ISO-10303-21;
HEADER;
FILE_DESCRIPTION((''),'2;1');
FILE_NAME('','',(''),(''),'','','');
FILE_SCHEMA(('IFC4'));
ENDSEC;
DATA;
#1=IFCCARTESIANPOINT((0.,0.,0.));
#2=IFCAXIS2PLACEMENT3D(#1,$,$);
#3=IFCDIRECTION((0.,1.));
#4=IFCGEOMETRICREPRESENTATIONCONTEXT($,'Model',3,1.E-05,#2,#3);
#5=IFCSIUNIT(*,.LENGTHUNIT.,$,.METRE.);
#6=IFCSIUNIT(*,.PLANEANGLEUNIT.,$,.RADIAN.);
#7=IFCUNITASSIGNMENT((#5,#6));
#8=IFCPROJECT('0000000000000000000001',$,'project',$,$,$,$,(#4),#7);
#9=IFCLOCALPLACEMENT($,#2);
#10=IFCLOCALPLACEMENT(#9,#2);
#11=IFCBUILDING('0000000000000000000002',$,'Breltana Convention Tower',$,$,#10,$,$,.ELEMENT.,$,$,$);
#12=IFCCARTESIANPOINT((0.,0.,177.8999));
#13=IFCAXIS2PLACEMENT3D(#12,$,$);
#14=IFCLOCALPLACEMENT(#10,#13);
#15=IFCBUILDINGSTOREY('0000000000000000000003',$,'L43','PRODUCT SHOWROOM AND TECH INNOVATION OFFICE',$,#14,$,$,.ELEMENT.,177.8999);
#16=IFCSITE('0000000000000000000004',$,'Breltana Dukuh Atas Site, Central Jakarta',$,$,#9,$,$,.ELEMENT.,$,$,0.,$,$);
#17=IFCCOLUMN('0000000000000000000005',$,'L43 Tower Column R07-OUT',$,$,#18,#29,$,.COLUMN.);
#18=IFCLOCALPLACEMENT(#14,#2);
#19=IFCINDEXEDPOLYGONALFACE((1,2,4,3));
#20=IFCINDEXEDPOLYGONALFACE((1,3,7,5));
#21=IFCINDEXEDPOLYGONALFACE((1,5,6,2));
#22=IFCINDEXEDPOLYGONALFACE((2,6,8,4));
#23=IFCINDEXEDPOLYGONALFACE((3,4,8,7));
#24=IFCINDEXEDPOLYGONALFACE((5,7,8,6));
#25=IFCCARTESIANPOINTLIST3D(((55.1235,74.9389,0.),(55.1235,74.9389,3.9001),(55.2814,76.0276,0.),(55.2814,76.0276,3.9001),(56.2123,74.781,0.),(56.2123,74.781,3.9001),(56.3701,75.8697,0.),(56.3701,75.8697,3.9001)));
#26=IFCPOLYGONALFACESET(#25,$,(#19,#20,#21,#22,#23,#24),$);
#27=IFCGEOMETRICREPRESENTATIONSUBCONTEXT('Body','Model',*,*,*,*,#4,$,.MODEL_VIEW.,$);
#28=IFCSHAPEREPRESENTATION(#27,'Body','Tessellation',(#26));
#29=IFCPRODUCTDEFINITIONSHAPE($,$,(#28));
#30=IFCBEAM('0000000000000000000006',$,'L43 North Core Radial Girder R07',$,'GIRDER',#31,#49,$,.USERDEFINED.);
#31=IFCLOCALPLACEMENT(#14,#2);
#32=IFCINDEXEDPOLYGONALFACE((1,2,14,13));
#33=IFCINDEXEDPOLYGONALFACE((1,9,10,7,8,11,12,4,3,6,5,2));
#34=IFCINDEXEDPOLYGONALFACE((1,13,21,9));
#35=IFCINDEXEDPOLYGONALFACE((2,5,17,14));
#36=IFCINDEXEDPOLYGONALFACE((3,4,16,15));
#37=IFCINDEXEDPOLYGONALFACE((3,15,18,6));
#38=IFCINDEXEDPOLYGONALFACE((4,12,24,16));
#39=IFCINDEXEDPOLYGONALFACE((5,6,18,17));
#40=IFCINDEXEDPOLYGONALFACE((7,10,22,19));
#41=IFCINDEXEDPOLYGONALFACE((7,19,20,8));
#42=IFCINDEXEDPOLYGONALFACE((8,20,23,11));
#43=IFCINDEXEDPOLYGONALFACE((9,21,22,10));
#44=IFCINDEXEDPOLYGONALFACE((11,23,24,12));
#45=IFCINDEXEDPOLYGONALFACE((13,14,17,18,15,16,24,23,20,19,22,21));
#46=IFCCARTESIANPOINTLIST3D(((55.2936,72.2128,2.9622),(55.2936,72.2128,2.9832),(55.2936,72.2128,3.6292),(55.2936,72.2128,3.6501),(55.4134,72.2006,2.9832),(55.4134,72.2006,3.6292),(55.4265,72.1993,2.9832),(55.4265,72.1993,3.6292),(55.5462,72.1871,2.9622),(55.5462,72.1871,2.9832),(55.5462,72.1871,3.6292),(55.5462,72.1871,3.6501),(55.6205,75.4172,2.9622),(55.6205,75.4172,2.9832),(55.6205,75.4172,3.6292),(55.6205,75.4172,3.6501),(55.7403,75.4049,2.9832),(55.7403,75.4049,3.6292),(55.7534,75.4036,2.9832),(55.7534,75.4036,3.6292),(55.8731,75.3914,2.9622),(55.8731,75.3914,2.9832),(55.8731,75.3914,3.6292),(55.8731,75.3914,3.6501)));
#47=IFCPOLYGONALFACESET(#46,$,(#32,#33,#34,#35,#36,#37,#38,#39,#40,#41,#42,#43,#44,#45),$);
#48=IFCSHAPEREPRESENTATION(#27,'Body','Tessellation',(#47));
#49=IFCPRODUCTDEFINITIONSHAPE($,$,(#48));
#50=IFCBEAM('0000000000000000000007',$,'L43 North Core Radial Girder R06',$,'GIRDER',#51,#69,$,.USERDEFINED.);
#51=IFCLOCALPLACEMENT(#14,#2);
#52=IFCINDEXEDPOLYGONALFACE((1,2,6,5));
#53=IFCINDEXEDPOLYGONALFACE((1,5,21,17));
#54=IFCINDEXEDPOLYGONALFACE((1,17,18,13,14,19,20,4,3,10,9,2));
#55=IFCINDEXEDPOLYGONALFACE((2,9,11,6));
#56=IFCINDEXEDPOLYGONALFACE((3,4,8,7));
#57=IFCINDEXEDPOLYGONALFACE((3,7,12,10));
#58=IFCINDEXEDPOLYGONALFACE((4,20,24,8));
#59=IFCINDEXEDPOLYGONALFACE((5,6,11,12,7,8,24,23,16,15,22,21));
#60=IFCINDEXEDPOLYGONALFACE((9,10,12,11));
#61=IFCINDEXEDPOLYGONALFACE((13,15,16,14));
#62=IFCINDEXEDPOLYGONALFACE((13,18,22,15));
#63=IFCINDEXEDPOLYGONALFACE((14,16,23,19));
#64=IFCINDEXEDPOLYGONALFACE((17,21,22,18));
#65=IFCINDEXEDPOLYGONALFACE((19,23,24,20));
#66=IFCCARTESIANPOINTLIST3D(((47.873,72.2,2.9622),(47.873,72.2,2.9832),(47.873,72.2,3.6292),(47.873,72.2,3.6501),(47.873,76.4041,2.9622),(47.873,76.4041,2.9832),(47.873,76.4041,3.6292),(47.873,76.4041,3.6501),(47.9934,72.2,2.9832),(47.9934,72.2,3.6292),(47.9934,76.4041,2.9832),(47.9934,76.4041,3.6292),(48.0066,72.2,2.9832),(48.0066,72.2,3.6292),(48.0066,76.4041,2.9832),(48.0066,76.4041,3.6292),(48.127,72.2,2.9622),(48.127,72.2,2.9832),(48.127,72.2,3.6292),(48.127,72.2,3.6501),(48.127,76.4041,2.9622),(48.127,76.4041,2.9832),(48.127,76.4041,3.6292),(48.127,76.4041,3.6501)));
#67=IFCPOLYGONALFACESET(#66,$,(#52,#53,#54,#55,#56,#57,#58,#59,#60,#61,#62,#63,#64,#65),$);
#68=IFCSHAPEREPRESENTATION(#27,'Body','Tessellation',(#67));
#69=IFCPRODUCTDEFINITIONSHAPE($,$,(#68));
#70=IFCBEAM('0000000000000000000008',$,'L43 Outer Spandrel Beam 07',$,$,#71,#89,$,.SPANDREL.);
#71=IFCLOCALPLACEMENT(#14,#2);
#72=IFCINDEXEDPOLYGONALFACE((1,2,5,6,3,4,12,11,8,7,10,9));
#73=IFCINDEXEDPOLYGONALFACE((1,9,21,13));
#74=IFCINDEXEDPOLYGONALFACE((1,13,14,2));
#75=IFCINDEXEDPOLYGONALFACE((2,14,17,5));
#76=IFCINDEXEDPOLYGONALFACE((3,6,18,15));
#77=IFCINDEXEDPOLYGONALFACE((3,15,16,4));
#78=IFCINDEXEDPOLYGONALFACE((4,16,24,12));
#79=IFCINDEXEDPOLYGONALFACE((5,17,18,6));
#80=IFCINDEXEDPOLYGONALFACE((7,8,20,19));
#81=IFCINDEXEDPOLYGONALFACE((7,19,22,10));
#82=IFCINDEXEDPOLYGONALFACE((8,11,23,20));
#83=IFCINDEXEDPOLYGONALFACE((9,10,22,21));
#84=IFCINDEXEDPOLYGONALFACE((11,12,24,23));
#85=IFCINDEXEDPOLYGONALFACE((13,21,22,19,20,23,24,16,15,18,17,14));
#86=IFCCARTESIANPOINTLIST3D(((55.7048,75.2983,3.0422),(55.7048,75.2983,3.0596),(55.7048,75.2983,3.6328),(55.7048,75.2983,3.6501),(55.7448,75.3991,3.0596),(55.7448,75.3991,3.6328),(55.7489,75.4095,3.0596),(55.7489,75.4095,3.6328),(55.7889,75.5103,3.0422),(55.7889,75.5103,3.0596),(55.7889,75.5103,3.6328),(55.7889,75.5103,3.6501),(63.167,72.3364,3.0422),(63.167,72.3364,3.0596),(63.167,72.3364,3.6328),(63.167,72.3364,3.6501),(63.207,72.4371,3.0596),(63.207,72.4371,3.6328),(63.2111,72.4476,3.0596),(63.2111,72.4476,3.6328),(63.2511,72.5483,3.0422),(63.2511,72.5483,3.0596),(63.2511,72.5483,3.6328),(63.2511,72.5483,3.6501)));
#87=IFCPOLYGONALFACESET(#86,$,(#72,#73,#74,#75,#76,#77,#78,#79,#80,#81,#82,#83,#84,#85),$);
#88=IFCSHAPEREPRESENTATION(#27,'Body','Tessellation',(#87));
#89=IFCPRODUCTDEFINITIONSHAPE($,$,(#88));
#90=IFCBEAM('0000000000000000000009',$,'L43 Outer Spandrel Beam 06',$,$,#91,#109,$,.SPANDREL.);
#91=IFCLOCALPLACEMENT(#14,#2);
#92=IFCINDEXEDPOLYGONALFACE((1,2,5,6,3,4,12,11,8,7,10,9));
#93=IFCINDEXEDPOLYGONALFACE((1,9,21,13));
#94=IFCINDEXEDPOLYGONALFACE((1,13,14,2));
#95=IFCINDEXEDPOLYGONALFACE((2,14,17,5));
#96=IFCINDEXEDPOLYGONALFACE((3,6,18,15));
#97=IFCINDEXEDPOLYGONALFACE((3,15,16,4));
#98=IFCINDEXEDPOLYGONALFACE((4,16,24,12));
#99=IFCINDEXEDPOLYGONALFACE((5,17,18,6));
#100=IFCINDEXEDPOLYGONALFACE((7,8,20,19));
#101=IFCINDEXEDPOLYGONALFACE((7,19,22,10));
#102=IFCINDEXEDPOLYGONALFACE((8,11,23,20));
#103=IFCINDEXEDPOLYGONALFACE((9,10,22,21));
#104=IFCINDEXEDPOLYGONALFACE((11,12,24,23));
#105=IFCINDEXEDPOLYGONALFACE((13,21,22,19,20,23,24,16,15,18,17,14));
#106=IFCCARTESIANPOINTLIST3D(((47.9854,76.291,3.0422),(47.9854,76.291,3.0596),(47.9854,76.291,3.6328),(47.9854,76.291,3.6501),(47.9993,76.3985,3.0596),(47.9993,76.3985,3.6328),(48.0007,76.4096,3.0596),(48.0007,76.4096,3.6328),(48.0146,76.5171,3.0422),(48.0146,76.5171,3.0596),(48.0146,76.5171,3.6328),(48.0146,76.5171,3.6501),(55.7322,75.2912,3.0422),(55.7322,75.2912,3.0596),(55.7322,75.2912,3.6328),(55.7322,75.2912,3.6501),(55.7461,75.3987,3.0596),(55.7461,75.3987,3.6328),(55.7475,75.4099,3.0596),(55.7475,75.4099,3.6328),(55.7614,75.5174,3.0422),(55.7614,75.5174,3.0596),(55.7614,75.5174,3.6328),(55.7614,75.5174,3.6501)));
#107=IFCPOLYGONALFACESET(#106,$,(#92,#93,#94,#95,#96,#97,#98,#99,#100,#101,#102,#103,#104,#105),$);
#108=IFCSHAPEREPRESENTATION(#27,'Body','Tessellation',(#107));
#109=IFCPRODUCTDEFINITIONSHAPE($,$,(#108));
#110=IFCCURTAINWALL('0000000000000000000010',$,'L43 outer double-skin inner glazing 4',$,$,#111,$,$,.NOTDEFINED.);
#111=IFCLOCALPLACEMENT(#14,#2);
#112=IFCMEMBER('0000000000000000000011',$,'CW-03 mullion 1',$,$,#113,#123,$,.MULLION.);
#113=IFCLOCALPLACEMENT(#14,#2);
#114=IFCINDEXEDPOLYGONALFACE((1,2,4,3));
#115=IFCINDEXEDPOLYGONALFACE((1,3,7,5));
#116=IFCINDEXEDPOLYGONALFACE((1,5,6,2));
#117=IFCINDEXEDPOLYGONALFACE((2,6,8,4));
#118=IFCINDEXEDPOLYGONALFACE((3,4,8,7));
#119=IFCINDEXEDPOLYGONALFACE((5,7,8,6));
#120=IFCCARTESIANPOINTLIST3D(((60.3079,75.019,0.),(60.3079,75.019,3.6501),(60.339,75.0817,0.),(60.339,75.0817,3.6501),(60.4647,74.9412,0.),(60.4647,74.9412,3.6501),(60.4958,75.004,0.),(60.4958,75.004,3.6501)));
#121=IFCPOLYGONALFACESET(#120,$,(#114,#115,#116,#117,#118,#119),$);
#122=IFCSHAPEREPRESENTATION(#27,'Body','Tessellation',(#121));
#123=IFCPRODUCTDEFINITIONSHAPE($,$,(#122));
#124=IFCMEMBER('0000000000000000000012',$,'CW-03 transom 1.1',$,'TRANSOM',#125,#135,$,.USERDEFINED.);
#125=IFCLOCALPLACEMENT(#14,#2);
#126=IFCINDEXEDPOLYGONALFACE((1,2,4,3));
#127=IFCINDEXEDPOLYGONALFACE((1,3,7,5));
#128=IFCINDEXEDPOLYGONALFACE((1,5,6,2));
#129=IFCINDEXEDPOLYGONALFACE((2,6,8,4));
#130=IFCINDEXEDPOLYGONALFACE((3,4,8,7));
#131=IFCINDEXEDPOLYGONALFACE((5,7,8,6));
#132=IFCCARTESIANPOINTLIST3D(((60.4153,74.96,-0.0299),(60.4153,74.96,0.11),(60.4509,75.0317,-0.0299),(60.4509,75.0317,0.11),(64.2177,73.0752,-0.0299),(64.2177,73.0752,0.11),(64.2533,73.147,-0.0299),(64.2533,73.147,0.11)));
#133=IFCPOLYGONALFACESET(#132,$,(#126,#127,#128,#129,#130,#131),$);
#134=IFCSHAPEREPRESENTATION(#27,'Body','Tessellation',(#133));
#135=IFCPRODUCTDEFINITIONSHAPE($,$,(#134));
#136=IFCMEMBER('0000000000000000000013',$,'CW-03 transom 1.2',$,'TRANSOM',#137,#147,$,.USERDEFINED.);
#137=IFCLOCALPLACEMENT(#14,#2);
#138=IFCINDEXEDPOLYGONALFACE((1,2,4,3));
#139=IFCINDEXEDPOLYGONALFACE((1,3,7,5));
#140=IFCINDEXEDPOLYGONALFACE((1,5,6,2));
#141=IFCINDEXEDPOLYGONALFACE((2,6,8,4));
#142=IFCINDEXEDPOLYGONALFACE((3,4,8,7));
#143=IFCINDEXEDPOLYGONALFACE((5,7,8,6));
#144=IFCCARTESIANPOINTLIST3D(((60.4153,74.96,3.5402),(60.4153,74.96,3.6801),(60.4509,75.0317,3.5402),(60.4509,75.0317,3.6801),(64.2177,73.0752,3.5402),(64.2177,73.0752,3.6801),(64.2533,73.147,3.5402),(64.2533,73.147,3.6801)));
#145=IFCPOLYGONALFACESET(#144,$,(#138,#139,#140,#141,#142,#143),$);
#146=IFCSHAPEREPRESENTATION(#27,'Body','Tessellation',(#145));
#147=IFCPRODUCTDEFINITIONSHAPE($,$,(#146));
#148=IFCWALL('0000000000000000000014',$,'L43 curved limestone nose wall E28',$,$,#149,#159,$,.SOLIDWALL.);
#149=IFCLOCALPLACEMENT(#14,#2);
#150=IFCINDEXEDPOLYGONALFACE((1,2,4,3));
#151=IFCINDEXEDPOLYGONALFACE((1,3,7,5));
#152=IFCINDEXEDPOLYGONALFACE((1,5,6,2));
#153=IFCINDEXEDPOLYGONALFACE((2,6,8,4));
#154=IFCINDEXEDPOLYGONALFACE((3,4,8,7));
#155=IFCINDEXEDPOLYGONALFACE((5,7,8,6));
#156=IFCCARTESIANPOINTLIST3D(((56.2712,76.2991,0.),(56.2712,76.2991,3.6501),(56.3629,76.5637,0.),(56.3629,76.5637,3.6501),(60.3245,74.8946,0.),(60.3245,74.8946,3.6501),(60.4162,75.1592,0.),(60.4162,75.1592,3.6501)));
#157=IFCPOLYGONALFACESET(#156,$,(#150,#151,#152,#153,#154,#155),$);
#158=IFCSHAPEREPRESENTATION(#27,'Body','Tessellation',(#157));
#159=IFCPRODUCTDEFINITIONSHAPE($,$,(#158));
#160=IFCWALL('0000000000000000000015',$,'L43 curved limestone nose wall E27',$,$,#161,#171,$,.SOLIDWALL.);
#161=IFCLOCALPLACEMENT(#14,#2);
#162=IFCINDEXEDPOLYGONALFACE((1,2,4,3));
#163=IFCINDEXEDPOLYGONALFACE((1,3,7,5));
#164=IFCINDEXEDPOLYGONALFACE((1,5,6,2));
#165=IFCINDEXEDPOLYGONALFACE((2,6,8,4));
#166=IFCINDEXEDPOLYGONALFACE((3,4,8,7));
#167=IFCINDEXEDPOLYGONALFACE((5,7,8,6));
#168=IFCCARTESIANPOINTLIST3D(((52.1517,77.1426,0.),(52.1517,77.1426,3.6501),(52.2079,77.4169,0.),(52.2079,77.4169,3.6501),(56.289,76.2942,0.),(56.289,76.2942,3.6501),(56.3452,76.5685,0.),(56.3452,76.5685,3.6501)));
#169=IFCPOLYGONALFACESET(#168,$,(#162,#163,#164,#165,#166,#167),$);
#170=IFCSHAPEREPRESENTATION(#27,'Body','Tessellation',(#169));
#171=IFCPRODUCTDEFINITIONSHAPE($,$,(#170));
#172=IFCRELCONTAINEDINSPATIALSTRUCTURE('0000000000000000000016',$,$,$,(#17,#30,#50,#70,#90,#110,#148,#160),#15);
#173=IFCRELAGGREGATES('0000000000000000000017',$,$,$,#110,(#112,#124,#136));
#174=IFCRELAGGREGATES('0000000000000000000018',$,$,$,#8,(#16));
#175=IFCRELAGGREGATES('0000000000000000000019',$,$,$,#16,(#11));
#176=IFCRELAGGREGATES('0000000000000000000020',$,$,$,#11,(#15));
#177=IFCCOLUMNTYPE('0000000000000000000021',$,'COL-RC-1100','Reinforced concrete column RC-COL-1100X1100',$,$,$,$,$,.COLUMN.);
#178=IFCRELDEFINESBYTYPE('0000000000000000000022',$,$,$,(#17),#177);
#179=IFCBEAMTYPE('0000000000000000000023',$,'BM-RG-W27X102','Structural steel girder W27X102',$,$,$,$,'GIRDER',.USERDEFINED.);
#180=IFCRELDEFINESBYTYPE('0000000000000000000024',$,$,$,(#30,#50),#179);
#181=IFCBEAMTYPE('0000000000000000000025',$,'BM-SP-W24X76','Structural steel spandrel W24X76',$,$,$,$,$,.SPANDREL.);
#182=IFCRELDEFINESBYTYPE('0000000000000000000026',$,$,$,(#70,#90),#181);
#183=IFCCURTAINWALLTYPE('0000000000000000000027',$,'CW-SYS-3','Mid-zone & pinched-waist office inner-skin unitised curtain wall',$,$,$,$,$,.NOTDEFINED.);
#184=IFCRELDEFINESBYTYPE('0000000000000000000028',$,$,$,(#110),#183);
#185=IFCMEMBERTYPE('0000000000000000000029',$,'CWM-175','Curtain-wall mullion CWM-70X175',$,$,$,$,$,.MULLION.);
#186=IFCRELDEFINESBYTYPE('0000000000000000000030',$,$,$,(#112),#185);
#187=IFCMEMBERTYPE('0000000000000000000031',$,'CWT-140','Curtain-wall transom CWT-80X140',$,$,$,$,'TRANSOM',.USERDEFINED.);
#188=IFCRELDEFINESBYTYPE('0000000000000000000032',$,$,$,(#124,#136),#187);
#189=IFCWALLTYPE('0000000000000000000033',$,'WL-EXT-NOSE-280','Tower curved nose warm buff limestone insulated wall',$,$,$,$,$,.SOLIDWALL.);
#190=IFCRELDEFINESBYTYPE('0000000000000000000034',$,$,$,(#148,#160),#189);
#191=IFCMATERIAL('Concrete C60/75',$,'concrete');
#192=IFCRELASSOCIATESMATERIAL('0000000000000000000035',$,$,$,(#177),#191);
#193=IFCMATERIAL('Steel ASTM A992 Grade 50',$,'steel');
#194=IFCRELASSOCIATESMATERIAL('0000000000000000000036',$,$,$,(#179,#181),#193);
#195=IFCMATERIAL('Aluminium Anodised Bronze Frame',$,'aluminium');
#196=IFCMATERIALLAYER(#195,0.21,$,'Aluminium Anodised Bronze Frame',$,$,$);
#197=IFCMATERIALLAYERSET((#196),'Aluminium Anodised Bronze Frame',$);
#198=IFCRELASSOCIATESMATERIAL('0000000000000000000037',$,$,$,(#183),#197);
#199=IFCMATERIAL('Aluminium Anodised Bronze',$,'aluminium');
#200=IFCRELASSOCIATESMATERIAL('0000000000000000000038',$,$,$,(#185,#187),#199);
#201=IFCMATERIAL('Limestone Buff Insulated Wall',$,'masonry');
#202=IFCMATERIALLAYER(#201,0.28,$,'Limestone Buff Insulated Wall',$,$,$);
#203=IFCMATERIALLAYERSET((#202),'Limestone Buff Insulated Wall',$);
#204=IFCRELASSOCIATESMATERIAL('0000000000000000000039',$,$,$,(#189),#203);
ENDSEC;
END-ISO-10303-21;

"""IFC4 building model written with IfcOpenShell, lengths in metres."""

from ifc_helpers import new_model, si_unit, direction, frame, frame_2d, origin, origin_2d, place, context, subcontext, project, spatial, rectangle, i_section, extrude, source, transform, mapped, material, layer, layer_set, material_profile, profile_set, type_object, element, aggregate, save


model = new_model("IFC4")

# Units and contexts
model_context = context("Model", 3, precision=1e-05, world=origin(), true_north=direction((0.0, 1.0)))
body_context = subcontext(model_context, "Body", "Model", "MODEL_VIEW")
ifc_project = project(units=[si_unit("LENGTHUNIT", "METRE"), si_unit("PLANEANGLEUNIT", "RADIAN")], contexts=[model_context])

# Site, building, storey
site_placement = place(None, origin())
site = spatial("IfcSite", under=ifc_project, at=site_placement, Name="Breltana Dukuh Atas Site, Central Jakarta", CompositionType="ELEMENT", RefElevation=0.0)
building_placement = place(site_placement, origin())
building = spatial("IfcBuilding", under=site, at=building_placement, Name="Breltana Convention Tower", CompositionType="ELEMENT")
storey_placement = place(building_placement, frame((0.0, 0.0, 177.8999)))
storey = spatial("IfcBuildingStorey", under=building, at=storey_placement, Name="L43", Description="PRODUCT SHOWROOM AND TECH INNOVATION OFFICE", CompositionType="ELEMENT", Elevation=177.8999)

# Column
ifc_material_1 = material(Name="Concrete C60/75", Category="concrete")
ifc_material_profile_1 = material_profile(ifc_material_1, rectangle(XDim=1.1001, YDim=1.1001, at=origin_2d()), Name="RC-COL-1100X1100")
ifc_profile_set_1 = profile_set([ifc_material_profile_1], Name="Concrete C60/75")
column_type = type_object("IfcColumnType", Name="COL-RC-1100", Description="Reinforced concrete column RC-COL-1100X1100", PredefinedType="COLUMN", material=ifc_profile_set_1)
shared_shape_1 = source(origin(), body_context, "Body", "SweptSolid", [
    extrude(rectangle(XDim=1.1001, YDim=1.1001, at=origin_2d()), origin(), (0.0, 0.0, 1.0), 3.9001),
])
column_placement = place(storey_placement, frame((55.7468, 75.4043, 0.0), z_axis=(0.0, 0.0, 1.0), x_axis=(0.143493, 0.989651, 0.0)))
element("IfcColumn", 1, at=column_placement, inside=storey, type_object=column_type, Name="L43 Tower Column R07-OUT", PredefinedType="COLUMN", context=body_context, shape_type="MappedRepresentation", body=[
    mapped(shared_shape_1, transform((0.0, 0.0, 0.0), scale=1.0)),
])

# Beams
ifc_material_2 = material(Name="Steel ASTM A992 Grade 50", Category="steel")
ifc_material_profile_2 = material_profile(ifc_material_2, i_section(OverallWidth=0.2539, OverallDepth=0.688, WebThickness=0.0132, FlangeThickness=0.021, at=origin_2d()), Name="W27X102")
ifc_profile_set_2 = profile_set([ifc_material_profile_2], Name="Steel ASTM A992 Grade 50")
beam_type_1 = type_object("IfcBeamType", Name="BM-RG-W27X102", Description="Structural steel girder W27X102", ElementType="GIRDER", PredefinedType="USERDEFINED", material=ifc_profile_set_2)
shared_shape_2 = source(origin(), body_context, "Body", "SweptSolid", [
    extrude(i_section(OverallWidth=0.2539, OverallDepth=0.688, WebThickness=0.0132, FlangeThickness=0.021, at=origin_2d()), origin(), (0.0, 0.0, 1.0), 3.2209),
])
beam_1_placement = place(storey_placement, frame((55.4199, 72.2, 3.3062), z_axis=(0.101492, 0.994836, 0.0), x_axis=(-0.994836, 0.101492, 0.0)))
element("IfcBeam", 2, at=beam_1_placement, inside=storey, type_object=beam_type_1, Name="L43 North Core Radial Girder R07", ObjectType="GIRDER", PredefinedType="USERDEFINED", context=body_context, shape_type="MappedRepresentation", body=[
    mapped(shared_shape_2, transform((0.0, 0.0, 0.0), scale=1.0)),
])
shared_shape_3 = source(origin(), body_context, "Body", "SweptSolid", [
    extrude(i_section(OverallWidth=0.2539, OverallDepth=0.688, WebThickness=0.0132, FlangeThickness=0.021, at=origin_2d()), origin(), (0.0, 0.0, 1.0), 4.2041),
])
beam_2_placement = place(storey_placement, frame((48.0, 72.2, 3.3062), z_axis=(0.0, 1.0, 0.0), x_axis=(-1.0, 0.0, 0.0)))
element("IfcBeam", 3, at=beam_2_placement, inside=storey, type_object=beam_type_1, Name="L43 North Core Radial Girder R06", ObjectType="GIRDER", PredefinedType="USERDEFINED", context=body_context, shape_type="MappedRepresentation", body=[
    mapped(shared_shape_3, transform((0.0, 0.0, 0.0), scale=1.0)),
])
ifc_material_profile_3 = material_profile(ifc_material_2, i_section(OverallWidth=0.228, OverallDepth=0.6079, WebThickness=0.0112, FlangeThickness=0.0173, at=origin_2d()), Name="W24X76")
ifc_profile_set_3 = profile_set([ifc_material_profile_3], Name="Steel ASTM A992 Grade 50")
beam_type_2 = type_object("IfcBeamType", Name="BM-SP-W24X76", Description="Structural steel spandrel W24X76", PredefinedType="SPANDREL", material=ifc_profile_set_3)
shared_shape_4 = source(origin(), body_context, "Body", "SweptSolid", [
    extrude(i_section(OverallWidth=0.228, OverallDepth=0.6079, WebThickness=0.0112, FlangeThickness=0.0173, at=origin_2d()), origin(), (0.0, 0.0, 1.0), 8.0286),
])
beam_3_placement = place(storey_placement, frame((55.7468, 75.4043, 3.3462), z_axis=(0.929459, -0.368925, 0.0), x_axis=(0.368925, 0.929459, 0.0)))
element("IfcBeam", 4, at=beam_3_placement, inside=storey, type_object=beam_type_2, Name="L43 Outer Spandrel Beam 07", PredefinedType="SPANDREL", context=body_context, shape_type="MappedRepresentation", body=[
    mapped(shared_shape_4, transform((0.0, 0.0, 0.0), scale=1.0)),
])
shared_shape_5 = source(origin(), body_context, "Body", "SweptSolid", [
    extrude(i_section(OverallWidth=0.228, OverallDepth=0.6079, WebThickness=0.0112, FlangeThickness=0.0173, at=origin_2d()), origin(), (0.0, 0.0, 1.0), 7.811),
])
beam_4_placement = place(storey_placement, frame((48.0, 76.4041, 3.3462), z_axis=(0.991775, -0.127992, 0.0), x_axis=(0.127992, 0.991775, 0.0)))
element("IfcBeam", 5, at=beam_4_placement, inside=storey, type_object=beam_type_2, Name="L43 Outer Spandrel Beam 06", PredefinedType="SPANDREL", context=body_context, shape_type="MappedRepresentation", body=[
    mapped(shared_shape_5, transform((0.0, 0.0, 0.0), scale=1.0)),
])

# Curtain wall, members
ifc_material_3 = material(Name="Aluminium Anodised Bronze Frame", Category="aluminium")
ifc_layer_1 = layer(ifc_material_3, 0.21, Name="Aluminium Anodised Bronze Frame")
ifc_layer_set_1 = layer_set([ifc_layer_1], Name="Aluminium Anodised Bronze Frame")
curtain_wall_type = type_object("IfcCurtainWallType", Name="CW-SYS-3", Description="Mid-zone & pinched-waist office inner-skin unitised curtain wall", PredefinedType="NOTDEFINED", material=ifc_layer_set_1)
curtain_wall_placement = place(storey_placement, origin())
curtain_wall = element("IfcCurtainWall", 6, at=curtain_wall_placement, inside=storey, type_object=curtain_wall_type, Name="L43 outer double-skin inner glazing 4", PredefinedType="NOTDEFINED")
ifc_material_4 = material(Name="Aluminium Anodised Bronze", Category="aluminium")
ifc_material_profile_4 = material_profile(ifc_material_4, rectangle(XDim=0.0701, YDim=0.175, at=origin_2d()), Name="CWM-70X175")
ifc_profile_set_4 = profile_set([ifc_material_profile_4], Name="Aluminium Anodised Bronze")
member_type_1 = type_object("IfcMemberType", Name="CWM-175", Description="Curtain-wall mullion CWM-70X175", PredefinedType="MULLION", material=ifc_profile_set_4)
shared_shape_6 = source(origin(), body_context, "Body", "SweptSolid", [
    extrude(rectangle(XDim=0.0701, YDim=0.175, at=origin_2d()), origin(), (0.0, 0.0, 1.0), 3.6501),
])
member_1_placement = place(storey_placement, frame((60.4019, 75.0115, 0.0), z_axis=(0.0, 0.0, 1.0), x_axis=(0.444118, 0.895968, 0.0)))
member_1 = element("IfcMember", 7, at=member_1_placement, type_object=member_type_1, Name="CW-03 mullion 1", PredefinedType="MULLION", context=body_context, shape_type="MappedRepresentation", body=[
    mapped(shared_shape_6, transform((0.0, 0.0, 0.0), scale=1.0)),
])
ifc_material_profile_5 = material_profile(ifc_material_4, rectangle(XDim=0.0801, YDim=0.1399, at=origin_2d()), Name="CWT-80X140")
ifc_profile_set_5 = profile_set([ifc_material_profile_5], Name="Aluminium Anodised Bronze")
member_type_2 = type_object("IfcMemberType", Name="CWT-140", Description="Curtain-wall transom CWT-80X140", ElementType="TRANSOM", PredefinedType="USERDEFINED", material=ifc_profile_set_5)
shared_shape_7 = source(origin(), body_context, "Body", "SweptSolid", [
    extrude(rectangle(XDim=0.0801, YDim=0.1399, at=origin_2d()), origin(), (0.0, 0.0, 1.0), 4.2439),
])
member_2_placement = place(storey_placement, frame((60.4331, 74.9958, 0.04), z_axis=(0.895975, -0.444104, 0.0), x_axis=(0.444104, 0.895975, 0.0)))
member_2 = element("IfcMember", 8, at=member_2_placement, type_object=member_type_2, Name="CW-03 transom 1.1", ObjectType="TRANSOM", PredefinedType="USERDEFINED", context=body_context, shape_type="MappedRepresentation", body=[
    mapped(shared_shape_7, transform((0.0, 0.0, 0.0), scale=1.0)),
])
member_3_placement = place(storey_placement, frame((60.4331, 74.9958, 3.6101), z_axis=(0.895975, -0.444104, 0.0), x_axis=(0.444104, 0.895975, 0.0)))
member_3 = element("IfcMember", 9, at=member_3_placement, type_object=member_type_2, Name="CW-03 transom 1.2", ObjectType="TRANSOM", PredefinedType="USERDEFINED", context=body_context, shape_type="MappedRepresentation", body=[
    mapped(shared_shape_7, transform((0.0, 0.0, 0.0), scale=1.0)),
])
aggregate(curtain_wall, [member_1, member_2, member_3])

# Walls
ifc_material_5 = material(Name="Limestone Buff Insulated Wall", Category="masonry")
ifc_layer_2 = layer(ifc_material_5, 0.28, Name="Limestone Buff Insulated Wall")
ifc_layer_set_2 = layer_set([ifc_layer_2], Name="Limestone Buff Insulated Wall")
wall_type_1 = type_object("IfcWallType", Name="WL-EXT-NOSE-280", Description="Tower curved nose warm buff limestone insulated wall", PredefinedType="SOLIDWALL", material=ifc_layer_set_2)
shared_shape_8 = source(origin(), body_context, "Body", "SweptSolid", [
    extrude(rectangle(XDim=4.2898, YDim=0.28, at=frame_2d((2.145, 0.0))), origin(), (0.0, 0.0, 1.0), 3.6501),
])
wall_1_placement = place(storey_placement, frame((56.3169, 76.4314, 0.0), z_axis=(0.0, 0.0, 1.0), x_axis=(0.944884, -0.327406, 0.0)))
element("IfcWall", 10, at=wall_1_placement, inside=storey, type_object=wall_type_1, Name="L43 curved limestone nose wall E28", PredefinedType="SOLIDWALL", context=body_context, shape_type="MappedRepresentation", body=[
    mapped(shared_shape_8, transform((0.0, 0.0, 0.0), scale=1.0)),
])
shared_shape_9 = source(origin(), body_context, "Body", "SweptSolid", [
    extrude(rectangle(XDim=4.2234, YDim=0.28, at=frame_2d((2.1118, 0.0))), origin(), (0.0, 0.0, 1.0), 3.6501),
])
wall_2_placement = place(storey_placement, frame((52.1797, 77.2798, 0.0), z_axis=(0.0, 0.0, 1.0), x_axis=(0.979615, -0.200883, 0.0)))
element("IfcWall", 11, at=wall_2_placement, inside=storey, type_object=wall_type_1, Name="L43 curved limestone nose wall E27", PredefinedType="SOLIDWALL", context=body_context, shape_type="MappedRepresentation", body=[
    mapped(shared_shape_9, transform((0.0, 0.0, 0.0), scale=1.0)),
])

save(model, "model.ifc")
